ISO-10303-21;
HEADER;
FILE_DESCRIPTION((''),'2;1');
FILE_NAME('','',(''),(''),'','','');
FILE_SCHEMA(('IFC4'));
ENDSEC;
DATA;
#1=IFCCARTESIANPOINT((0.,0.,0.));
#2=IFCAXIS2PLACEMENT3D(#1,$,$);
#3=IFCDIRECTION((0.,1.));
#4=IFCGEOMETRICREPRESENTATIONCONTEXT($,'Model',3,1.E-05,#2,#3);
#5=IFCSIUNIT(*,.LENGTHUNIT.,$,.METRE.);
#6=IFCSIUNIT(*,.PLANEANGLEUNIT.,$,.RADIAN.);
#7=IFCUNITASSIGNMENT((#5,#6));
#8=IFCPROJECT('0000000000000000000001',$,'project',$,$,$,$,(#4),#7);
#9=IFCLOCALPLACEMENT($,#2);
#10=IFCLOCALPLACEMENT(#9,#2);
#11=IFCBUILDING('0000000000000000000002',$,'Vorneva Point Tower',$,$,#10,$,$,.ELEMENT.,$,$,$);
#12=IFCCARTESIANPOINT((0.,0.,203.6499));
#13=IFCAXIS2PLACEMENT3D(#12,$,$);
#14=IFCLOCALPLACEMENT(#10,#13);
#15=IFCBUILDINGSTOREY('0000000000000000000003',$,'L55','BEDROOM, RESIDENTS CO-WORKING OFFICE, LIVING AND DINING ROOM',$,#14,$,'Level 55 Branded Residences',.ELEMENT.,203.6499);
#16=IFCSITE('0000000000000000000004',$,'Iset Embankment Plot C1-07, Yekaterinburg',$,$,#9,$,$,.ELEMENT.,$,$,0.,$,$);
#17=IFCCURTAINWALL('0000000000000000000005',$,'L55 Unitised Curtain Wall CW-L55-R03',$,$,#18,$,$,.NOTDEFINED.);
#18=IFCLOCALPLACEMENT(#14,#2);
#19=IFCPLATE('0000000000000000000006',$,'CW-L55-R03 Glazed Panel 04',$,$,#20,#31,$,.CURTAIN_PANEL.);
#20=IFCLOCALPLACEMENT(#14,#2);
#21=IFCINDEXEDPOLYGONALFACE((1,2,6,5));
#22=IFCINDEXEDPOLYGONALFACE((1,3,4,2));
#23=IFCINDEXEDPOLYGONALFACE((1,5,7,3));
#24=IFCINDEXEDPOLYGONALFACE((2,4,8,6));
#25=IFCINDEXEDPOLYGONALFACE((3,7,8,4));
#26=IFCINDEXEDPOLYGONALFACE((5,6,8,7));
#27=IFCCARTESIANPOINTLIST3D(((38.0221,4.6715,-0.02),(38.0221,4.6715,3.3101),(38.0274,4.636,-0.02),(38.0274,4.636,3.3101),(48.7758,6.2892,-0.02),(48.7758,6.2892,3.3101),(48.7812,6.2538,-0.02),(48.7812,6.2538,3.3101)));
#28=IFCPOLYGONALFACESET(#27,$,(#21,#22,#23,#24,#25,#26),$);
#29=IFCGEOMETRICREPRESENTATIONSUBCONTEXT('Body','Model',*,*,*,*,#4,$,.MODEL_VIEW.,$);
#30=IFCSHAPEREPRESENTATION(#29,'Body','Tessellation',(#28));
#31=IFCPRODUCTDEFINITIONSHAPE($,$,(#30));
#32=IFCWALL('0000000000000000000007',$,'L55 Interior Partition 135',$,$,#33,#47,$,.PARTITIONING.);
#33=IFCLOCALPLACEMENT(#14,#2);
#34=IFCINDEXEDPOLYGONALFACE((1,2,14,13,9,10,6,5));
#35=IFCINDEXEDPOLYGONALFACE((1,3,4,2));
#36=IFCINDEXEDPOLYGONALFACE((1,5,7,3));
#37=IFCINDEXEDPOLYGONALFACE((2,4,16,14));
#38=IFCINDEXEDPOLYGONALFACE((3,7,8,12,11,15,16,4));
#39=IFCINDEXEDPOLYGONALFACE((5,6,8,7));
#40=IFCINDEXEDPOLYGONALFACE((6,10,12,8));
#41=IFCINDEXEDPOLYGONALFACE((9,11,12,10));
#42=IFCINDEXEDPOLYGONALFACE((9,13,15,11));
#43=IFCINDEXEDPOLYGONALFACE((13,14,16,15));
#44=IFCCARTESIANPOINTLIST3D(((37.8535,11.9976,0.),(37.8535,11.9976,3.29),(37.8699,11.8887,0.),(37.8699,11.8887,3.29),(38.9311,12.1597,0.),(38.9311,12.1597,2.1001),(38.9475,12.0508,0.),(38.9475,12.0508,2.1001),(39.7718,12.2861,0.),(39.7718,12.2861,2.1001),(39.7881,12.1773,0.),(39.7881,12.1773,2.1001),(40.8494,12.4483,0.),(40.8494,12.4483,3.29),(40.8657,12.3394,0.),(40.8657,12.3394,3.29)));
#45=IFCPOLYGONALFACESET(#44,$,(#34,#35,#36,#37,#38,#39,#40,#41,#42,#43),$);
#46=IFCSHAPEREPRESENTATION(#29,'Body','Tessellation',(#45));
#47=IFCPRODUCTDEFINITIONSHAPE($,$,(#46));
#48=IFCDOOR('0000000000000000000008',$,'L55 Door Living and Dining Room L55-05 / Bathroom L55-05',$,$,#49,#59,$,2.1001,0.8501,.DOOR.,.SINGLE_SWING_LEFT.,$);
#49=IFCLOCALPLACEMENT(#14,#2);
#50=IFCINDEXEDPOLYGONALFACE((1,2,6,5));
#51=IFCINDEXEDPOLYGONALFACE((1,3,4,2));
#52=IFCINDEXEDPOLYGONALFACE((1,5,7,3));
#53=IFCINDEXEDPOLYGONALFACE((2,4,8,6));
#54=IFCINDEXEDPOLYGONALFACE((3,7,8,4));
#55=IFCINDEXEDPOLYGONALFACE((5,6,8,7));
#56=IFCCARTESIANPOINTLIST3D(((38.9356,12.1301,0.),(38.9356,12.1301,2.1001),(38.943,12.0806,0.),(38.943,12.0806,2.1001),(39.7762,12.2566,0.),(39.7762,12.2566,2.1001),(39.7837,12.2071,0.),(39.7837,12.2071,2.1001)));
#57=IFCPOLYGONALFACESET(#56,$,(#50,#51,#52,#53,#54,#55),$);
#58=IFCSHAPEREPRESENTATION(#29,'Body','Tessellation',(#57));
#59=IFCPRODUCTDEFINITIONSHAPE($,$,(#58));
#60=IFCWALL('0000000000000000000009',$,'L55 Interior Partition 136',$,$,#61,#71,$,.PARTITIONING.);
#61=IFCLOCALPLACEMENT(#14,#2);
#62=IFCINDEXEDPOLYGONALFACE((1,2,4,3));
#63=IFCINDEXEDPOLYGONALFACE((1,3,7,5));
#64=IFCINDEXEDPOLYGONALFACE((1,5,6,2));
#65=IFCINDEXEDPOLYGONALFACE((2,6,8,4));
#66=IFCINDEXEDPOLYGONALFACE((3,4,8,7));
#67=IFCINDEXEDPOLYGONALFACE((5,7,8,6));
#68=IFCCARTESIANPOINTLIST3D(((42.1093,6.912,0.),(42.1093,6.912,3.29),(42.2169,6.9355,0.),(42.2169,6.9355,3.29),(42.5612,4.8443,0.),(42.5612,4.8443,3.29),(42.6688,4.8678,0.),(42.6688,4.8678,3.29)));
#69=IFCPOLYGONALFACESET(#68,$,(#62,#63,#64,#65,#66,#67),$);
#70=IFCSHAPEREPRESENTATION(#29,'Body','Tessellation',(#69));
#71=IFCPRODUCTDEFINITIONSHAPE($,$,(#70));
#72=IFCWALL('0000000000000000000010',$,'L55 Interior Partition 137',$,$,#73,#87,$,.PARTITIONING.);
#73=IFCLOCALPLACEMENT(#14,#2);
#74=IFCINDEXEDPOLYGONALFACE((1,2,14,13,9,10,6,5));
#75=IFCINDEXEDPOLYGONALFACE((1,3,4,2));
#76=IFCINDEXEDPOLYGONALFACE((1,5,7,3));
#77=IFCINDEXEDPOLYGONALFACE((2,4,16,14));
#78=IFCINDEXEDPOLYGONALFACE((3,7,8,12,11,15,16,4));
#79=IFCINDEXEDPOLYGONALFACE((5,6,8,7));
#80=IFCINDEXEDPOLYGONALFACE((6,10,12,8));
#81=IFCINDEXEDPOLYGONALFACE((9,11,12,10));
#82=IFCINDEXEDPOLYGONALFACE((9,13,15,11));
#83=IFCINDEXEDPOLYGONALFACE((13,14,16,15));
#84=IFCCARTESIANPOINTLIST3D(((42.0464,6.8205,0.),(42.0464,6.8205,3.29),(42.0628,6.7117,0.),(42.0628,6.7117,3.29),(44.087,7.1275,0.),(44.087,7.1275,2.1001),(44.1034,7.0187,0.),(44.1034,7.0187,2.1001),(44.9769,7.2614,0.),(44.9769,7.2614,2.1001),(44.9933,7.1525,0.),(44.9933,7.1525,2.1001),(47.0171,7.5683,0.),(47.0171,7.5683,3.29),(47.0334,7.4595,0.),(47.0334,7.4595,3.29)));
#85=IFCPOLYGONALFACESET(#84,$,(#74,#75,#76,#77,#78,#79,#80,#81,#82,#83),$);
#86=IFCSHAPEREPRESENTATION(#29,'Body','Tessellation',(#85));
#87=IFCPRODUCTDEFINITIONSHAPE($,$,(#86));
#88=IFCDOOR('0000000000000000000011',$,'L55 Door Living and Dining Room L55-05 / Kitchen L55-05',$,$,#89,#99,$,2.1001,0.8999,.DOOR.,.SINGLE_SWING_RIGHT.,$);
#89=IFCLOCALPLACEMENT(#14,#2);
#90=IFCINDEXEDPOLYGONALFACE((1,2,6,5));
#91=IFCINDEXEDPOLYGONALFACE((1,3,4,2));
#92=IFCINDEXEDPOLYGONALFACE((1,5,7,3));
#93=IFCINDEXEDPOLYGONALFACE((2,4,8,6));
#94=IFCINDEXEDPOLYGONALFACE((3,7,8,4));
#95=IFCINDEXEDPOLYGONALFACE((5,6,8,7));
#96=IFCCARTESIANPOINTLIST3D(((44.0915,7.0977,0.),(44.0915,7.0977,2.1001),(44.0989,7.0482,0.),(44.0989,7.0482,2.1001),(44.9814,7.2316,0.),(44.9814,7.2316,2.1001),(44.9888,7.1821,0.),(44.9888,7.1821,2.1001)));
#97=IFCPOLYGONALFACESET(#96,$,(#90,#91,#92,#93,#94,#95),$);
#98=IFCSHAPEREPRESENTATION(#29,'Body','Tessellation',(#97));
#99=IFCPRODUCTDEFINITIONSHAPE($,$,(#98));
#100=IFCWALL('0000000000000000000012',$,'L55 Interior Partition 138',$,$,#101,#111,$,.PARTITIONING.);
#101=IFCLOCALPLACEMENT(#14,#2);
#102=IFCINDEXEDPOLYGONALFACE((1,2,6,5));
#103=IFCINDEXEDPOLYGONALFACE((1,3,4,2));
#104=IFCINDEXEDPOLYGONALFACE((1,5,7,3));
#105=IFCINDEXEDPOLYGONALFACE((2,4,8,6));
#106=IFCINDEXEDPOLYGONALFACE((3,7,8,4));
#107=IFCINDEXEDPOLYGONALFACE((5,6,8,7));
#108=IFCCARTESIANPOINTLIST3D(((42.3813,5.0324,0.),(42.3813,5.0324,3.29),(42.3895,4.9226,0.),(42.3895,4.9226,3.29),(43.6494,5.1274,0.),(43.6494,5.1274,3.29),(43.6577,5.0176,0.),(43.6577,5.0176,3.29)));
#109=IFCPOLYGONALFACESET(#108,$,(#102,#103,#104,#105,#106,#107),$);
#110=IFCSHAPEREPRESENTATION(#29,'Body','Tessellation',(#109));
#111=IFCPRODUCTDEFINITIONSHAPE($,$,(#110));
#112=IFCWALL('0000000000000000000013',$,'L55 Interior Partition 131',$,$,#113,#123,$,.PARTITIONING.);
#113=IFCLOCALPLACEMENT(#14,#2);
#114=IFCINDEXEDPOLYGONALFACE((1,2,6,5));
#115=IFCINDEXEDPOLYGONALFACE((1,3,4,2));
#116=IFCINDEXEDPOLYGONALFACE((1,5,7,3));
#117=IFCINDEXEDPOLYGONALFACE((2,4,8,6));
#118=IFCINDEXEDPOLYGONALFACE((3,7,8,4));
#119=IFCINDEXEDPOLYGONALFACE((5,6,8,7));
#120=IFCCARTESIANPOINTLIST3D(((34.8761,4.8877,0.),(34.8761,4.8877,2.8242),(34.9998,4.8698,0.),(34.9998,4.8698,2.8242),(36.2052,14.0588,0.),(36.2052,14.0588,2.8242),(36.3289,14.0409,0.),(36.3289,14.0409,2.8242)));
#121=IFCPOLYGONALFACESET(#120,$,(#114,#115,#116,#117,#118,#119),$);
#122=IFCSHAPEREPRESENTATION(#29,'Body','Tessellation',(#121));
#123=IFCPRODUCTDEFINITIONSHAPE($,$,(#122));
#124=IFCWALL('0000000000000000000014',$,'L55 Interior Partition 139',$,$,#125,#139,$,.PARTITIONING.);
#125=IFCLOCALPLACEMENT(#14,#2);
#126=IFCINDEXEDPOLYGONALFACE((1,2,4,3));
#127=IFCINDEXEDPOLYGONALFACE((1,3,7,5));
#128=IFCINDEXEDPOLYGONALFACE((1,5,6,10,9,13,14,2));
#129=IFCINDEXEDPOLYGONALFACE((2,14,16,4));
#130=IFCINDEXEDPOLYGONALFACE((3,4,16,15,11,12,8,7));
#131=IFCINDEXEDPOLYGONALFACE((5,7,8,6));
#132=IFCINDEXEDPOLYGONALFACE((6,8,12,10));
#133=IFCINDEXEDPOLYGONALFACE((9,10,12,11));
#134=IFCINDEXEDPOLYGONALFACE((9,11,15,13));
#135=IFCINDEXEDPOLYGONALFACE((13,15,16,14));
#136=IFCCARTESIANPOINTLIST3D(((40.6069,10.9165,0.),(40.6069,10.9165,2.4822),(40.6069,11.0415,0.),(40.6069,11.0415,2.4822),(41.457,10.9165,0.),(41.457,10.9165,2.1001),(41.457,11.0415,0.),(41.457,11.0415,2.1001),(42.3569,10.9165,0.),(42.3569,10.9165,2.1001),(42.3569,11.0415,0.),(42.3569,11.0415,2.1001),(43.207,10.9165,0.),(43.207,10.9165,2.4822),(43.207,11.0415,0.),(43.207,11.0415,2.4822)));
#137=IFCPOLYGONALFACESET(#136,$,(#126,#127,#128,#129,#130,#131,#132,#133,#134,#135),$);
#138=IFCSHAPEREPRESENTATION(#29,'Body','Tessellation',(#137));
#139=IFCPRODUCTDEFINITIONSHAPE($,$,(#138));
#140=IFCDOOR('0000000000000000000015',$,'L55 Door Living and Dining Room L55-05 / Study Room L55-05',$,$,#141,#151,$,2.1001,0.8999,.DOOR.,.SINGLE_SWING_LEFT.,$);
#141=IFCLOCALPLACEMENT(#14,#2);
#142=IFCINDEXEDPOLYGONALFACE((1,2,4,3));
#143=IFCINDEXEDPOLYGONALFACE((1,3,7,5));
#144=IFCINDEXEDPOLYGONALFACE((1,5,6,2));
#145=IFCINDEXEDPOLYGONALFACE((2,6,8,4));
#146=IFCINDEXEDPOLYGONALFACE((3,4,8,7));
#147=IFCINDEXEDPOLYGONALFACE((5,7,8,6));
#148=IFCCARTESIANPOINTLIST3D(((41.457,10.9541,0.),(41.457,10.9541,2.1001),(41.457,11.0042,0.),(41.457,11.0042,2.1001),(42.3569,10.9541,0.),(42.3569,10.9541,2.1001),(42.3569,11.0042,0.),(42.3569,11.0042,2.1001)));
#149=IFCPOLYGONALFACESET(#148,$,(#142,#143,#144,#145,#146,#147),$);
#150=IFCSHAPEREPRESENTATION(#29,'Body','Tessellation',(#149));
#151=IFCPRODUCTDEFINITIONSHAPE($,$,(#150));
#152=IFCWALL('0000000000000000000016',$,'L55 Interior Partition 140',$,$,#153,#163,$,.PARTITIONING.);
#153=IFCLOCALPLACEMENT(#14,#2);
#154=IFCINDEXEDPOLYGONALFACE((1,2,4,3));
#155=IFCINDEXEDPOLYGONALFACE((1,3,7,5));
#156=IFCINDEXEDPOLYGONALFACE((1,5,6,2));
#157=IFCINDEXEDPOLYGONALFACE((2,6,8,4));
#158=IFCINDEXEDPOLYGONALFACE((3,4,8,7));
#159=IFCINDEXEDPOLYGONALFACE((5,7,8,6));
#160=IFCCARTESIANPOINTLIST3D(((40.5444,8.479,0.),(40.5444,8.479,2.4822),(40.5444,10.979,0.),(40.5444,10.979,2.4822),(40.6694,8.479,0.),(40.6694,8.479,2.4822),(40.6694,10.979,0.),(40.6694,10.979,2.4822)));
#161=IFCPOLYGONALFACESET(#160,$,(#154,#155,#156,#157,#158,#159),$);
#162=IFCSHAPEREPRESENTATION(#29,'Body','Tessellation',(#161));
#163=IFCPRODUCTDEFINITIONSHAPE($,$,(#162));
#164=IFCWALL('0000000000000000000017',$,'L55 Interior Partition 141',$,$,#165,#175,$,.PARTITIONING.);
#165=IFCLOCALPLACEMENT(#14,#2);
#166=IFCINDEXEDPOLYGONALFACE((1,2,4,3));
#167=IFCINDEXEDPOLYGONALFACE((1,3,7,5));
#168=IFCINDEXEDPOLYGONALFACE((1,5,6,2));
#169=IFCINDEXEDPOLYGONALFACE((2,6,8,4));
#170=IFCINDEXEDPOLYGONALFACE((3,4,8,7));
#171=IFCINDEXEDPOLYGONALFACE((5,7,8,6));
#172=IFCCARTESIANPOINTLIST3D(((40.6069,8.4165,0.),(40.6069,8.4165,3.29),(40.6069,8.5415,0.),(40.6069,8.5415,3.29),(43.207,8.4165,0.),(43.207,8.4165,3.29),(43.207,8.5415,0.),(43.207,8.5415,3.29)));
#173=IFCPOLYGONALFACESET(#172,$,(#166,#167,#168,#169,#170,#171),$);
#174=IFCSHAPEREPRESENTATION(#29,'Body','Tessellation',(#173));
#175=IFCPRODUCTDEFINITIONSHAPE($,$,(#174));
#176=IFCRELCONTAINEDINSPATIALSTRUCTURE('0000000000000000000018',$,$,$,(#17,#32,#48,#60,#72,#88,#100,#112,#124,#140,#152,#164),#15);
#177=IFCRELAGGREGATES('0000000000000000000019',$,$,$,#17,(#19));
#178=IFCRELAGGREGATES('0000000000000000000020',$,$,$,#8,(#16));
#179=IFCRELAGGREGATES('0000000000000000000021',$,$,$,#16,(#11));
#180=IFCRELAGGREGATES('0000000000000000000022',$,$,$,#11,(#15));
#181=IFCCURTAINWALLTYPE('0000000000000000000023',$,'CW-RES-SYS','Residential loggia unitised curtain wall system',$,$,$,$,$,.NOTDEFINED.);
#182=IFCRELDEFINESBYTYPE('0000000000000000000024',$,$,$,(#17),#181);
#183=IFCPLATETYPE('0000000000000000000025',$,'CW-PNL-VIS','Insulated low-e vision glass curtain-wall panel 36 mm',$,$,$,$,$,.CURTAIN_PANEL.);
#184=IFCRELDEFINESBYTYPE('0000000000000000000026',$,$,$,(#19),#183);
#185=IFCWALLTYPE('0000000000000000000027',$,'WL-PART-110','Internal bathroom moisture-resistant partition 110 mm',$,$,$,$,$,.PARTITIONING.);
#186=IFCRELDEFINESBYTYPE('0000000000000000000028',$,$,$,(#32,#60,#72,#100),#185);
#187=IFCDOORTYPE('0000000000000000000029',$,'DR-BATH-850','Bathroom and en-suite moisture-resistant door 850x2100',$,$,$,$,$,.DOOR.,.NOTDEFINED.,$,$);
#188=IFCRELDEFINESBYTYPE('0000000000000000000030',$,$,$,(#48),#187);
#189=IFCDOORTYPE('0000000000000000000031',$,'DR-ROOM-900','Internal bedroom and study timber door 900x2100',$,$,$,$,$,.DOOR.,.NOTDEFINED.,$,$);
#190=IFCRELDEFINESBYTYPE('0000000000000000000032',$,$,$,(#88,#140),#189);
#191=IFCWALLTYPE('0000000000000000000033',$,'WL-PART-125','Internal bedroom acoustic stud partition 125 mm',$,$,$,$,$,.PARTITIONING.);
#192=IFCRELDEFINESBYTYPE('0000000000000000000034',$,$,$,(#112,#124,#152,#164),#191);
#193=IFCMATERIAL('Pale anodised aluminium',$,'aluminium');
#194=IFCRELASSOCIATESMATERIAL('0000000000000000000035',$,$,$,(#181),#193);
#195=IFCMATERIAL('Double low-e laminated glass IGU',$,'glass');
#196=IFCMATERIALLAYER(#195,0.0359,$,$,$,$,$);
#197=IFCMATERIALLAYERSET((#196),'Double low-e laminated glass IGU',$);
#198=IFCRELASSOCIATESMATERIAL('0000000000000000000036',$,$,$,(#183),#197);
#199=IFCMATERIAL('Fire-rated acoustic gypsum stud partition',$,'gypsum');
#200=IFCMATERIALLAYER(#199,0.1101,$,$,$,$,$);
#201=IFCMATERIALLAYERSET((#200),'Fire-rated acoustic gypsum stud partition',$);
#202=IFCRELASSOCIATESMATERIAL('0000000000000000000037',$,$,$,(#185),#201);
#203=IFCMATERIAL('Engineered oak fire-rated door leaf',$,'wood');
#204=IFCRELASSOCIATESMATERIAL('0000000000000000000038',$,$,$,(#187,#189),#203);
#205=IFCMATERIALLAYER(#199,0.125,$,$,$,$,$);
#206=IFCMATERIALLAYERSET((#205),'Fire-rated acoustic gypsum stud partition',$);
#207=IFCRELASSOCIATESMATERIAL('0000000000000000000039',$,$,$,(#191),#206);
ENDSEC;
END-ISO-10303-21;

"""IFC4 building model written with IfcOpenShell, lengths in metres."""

from ifc_helpers import new_model, si_unit, direction, frame, frame_2d, origin, origin_2d, place, context, subcontext, project, spatial, rectangle, extrude, material, layer, layer_set, type_object, element, fill, aggregate, save


model = new_model("IFC4")

# Units and contexts
model_context = context("Model", 3, precision=1e-05, world=origin(), true_north=direction((0.0, 1.0)))
body_context = subcontext(model_context, "Body", "Model", "MODEL_VIEW")
ifc_project = project(units=[si_unit("LENGTHUNIT", "METRE"), si_unit("PLANEANGLEUNIT", "RADIAN")], contexts=[model_context])

# Site, building, storey
site_placement = place(None, origin())
site = spatial("IfcSite", under=ifc_project, at=site_placement, Name="Iset Embankment Plot C1-07, Yekaterinburg", CompositionType="ELEMENT", RefElevation=0.0)
building_placement = place(site_placement, origin())
building = spatial("IfcBuilding", under=site, at=building_placement, Name="Vorneva Point Tower", CompositionType="ELEMENT")
storey_placement = place(building_placement, frame((0.0, 0.0, 203.6499)))
storey = spatial("IfcBuildingStorey", under=building, at=storey_placement, Name="L55", Description="BEDROOM, RESIDENTS CO-WORKING OFFICE, LIVING AND DINING ROOM", LongName="Level 55 Branded Residences", CompositionType="ELEMENT", Elevation=203.6499)

# Curtain wall, plate
ifc_material_1 = material(Name="Pale anodised aluminium", Category="aluminium")
curtain_wall_type = type_object("IfcCurtainWallType", Name="CW-RES-SYS", Description="Residential loggia unitised curtain wall system", PredefinedType="NOTDEFINED", material=ifc_material_1)
curtain_wall_placement = place(storey_placement, origin())
curtain_wall = element("IfcCurtainWall", 1, at=curtain_wall_placement, inside=storey, type_object=curtain_wall_type, Name="L55 Unitised Curtain Wall CW-L55-R03", PredefinedType="NOTDEFINED")
ifc_material_2 = material(Name="Double low-e laminated glass IGU", Category="glass")
ifc_layer_1 = layer(ifc_material_2, 0.0359)
ifc_layer_set_1 = layer_set([ifc_layer_1], Name="Double low-e laminated glass IGU")
plate_type = type_object("IfcPlateType", Name="CW-PNL-VIS", Description="Insulated low-e vision glass curtain-wall panel 36 mm", PredefinedType="CURTAIN_PANEL", material=ifc_layer_set_1)
plate_1_placement = place(storey_placement, frame((43.4016, 5.4626, -0.02), z_axis=(0.0, 0.0, 1.0), x_axis=(0.988874, 0.148759, 0.0)))
plate_1 = element("IfcPlate", 2, at=plate_1_placement, type_object=plate_type, Name="CW-L55-R03 Glazed Panel 04", PredefinedType="CURTAIN_PANEL", context=body_context, shape_type="SweptSolid", body=[
    extrude(rectangle(XDim=10.8748, YDim=0.0359, at=origin_2d()), origin(), (0.0, 0.0, 1.0), 3.3301),
])
aggregate(curtain_wall, [plate_1])

# Wall, opening, door
ifc_material_3 = material(Name="Fire-rated acoustic gypsum stud partition", Category="gypsum")
ifc_layer_2 = layer(ifc_material_3, 0.1101)
ifc_layer_set_2 = layer_set([ifc_layer_2], Name="Fire-rated acoustic gypsum stud partition")
wall_type_1 = type_object("IfcWallType", Name="WL-PART-110", Description="Internal bathroom moisture-resistant partition 110 mm", PredefinedType="PARTITIONING", material=ifc_layer_set_2)
wall_1_placement = place(storey_placement, frame((40.8574, 12.3938, 0.0), z_axis=(0.0, 0.0, 1.0), x_axis=(-0.988873, -0.148762, 0.0)))
wall_1 = element("IfcWall", 3, at=wall_1_placement, inside=storey, type_object=wall_type_1, Name="L55 Interior Partition 135", PredefinedType="PARTITIONING", context=body_context, shape_type="SweptSolid", body=[
    extrude(rectangle(XDim=3.0295, YDim=0.1101, at=frame_2d((1.5146, 0.0))), origin(), (0.0, 0.0, 1.0), 3.29),
])
opening_1_placement = place(wall_1_placement, frame((1.0896, 0.0, 0.0)))
opening_1 = element("IfcOpeningElement", 4, at=opening_1_placement, cuts=wall_1, PredefinedType="OPENING", context=body_context, shape_type="SweptSolid", body=[
    extrude(rectangle(XDim=0.8501, YDim=2.1001, at=frame_2d((0.425, 1.05))), frame((0.0, 0.0698, 0.0), z_axis=(0.0, -1.0, 0.0), x_axis=(1.0, 0.0, 0.0)), (0.0, 0.0, 1.0), 0.1399),
])
ifc_material_4 = material(Name="Engineered oak fire-rated door leaf", Category="wood")
door_type_1 = type_object("IfcDoorType", Name="DR-BATH-850", Description="Bathroom and en-suite moisture-resistant door 850x2100", OperationType="NOTDEFINED", PredefinedType="DOOR", material=ifc_material_4)
door_1_placement = place(opening_1_placement, origin())
door_1 = element("IfcDoor", 5, at=door_1_placement, inside=storey, type_object=door_type_1, Name="L55 Door Living and Dining Room L55-05 / Bathroom L55-05", OperationType="SINGLE_SWING_LEFT", OverallHeight=2.1001, OverallWidth=0.8501, PredefinedType="DOOR", context=body_context, shape_type="SweptSolid", body=[
    extrude(rectangle(XDim=0.8501, YDim=2.1001, at=frame_2d((0.425, 1.05))), frame((0.0, 0.0249, 0.0), z_axis=(0.0, -1.0, 0.0), x_axis=(1.0, 0.0, 0.0)), (0.0, 0.0, 1.0), 0.05),
])
fill(opening_1, door_1)

# Wall
wall_2_placement = place(storey_placement, frame((42.615, 4.8562, 0.0), z_axis=(0.0, 0.0, 1.0), x_axis=(-0.213521, 0.976938, 0.0)))
element("IfcWall", 6, at=wall_2_placement, inside=storey, type_object=wall_type_1, Name="L55 Interior Partition 136", PredefinedType="PARTITIONING", context=body_context, shape_type="SweptSolid", body=[
    extrude(rectangle(XDim=2.1165, YDim=0.1101, at=frame_2d((1.0581, 0.0))), origin(), (0.0, 0.0, 1.0), 3.29),
])

# Wall, opening, door
wall_3_placement = place(storey_placement, frame((42.0547, 6.7661, 0.0), z_axis=(0.0, 0.0, 1.0), x_axis=(0.988872, 0.148768, 0.0)))
wall_3 = element("IfcWall", 7, at=wall_3_placement, inside=storey, type_object=wall_type_1, Name="L55 Interior Partition 137", PredefinedType="PARTITIONING", context=body_context, shape_type="SweptSolid", body=[
    extrude(rectangle(XDim=5.0266, YDim=0.1101, at=frame_2d((2.5132, 0.0))), origin(), (0.0, 0.0, 1.0), 3.29),
])
opening_2_placement = place(wall_3_placement, frame((2.0635, 0.0, 0.0)))
opening_2 = element("IfcOpeningElement", 8, at=opening_2_placement, cuts=wall_3, PredefinedType="OPENING", context=body_context, shape_type="SweptSolid", body=[
    extrude(rectangle(XDim=0.8999, YDim=2.1001, at=frame_2d((0.45, 1.05))), frame((0.0, 0.0698, 0.0), z_axis=(0.0, -1.0, 0.0), x_axis=(1.0, 0.0, 0.0)), (0.0, 0.0, 1.0), 0.1399),
])
door_type_2 = type_object("IfcDoorType", Name="DR-ROOM-900", Description="Internal bedroom and study timber door 900x2100", OperationType="NOTDEFINED", PredefinedType="DOOR", material=ifc_material_4)
door_2_placement = place(opening_2_placement, origin())
door_2 = element("IfcDoor", 9, at=door_2_placement, inside=storey, type_object=door_type_2, Name="L55 Door Living and Dining Room L55-05 / Kitchen L55-05", OperationType="SINGLE_SWING_RIGHT", OverallHeight=2.1001, OverallWidth=0.8999, PredefinedType="DOOR", context=body_context, shape_type="SweptSolid", body=[
    extrude(rectangle(XDim=0.8999, YDim=2.1001, at=frame_2d((0.45, 1.05))), frame((0.0, 0.0249, 0.0), z_axis=(0.0, -1.0, 0.0), x_axis=(1.0, 0.0, 0.0)), (0.0, 0.0, 1.0), 0.05),
])
fill(opening_2, door_2)

# Walls
wall_4_placement = place(storey_placement, frame((42.3855, 4.9775, 0.0), z_axis=(0.0, 0.0, 1.0), x_axis=(0.997207, 0.074685, 0.0)))
element("IfcWall", 10, at=wall_4_placement, inside=storey, type_object=wall_type_1, Name="L55 Interior Partition 138", PredefinedType="PARTITIONING", context=body_context, shape_type="SweptSolid", body=[
    extrude(rectangle(XDim=1.2717, YDim=0.1101, at=frame_2d((0.6357, 0.0))), origin(), (0.0, 0.0, 1.0), 3.29),
])
ifc_layer_3 = layer(ifc_material_3, 0.125)
ifc_layer_set_3 = layer_set([ifc_layer_3], Name="Fire-rated acoustic gypsum stud partition")
wall_type_2 = type_object("IfcWallType", Name="WL-PART-125", Description="Internal bedroom acoustic stud partition 125 mm", PredefinedType="PARTITIONING", material=ifc_layer_set_3)
wall_5_placement = place(storey_placement, frame((34.938, 4.8789, 0.0), z_axis=(0.0, 0.0, 1.0), x_axis=(0.143424, 0.989661, 0.0)))
element("IfcWall", 11, at=wall_5_placement, inside=storey, type_object=wall_type_2, Name="L55 Interior Partition 131", PredefinedType="PARTITIONING", context=body_context, shape_type="SweptSolid", body=[
    extrude(rectangle(XDim=9.2668, YDim=0.125, at=frame_2d((4.6333, 0.0))), origin(), (0.0, 0.0, 1.0), 2.8242),
])

# Wall, opening, door
wall_6_placement = place(storey_placement, frame((43.207, 10.979, 0.0), z_axis=(0.0, 0.0, 1.0), x_axis=(-1.0, 0.0, 0.0)))
wall_6 = element("IfcWall", 12, at=wall_6_placement, inside=storey, type_object=wall_type_2, Name="L55 Interior Partition 139", PredefinedType="PARTITIONING", context=body_context, shape_type="SweptSolid", body=[
    extrude(rectangle(XDim=2.6001, YDim=0.125, at=frame_2d((1.3, 0.0))), origin(), (0.0, 0.0, 1.0), 2.4822),
])
opening_3_placement = place(wall_6_placement, frame((0.8501, 0.0, 0.0)))
opening_3 = element("IfcOpeningElement", 13, at=opening_3_placement, cuts=wall_6, PredefinedType="OPENING", context=body_context, shape_type="SweptSolid", body=[
    extrude(rectangle(XDim=0.8999, YDim=2.1001, at=frame_2d((0.45, 1.05))), frame((0.0, 0.0774, 0.0), z_axis=(0.0, -1.0, 0.0), x_axis=(1.0, 0.0, 0.0)), (0.0, 0.0, 1.0), 0.1548),
])
door_3_placement = place(opening_3_placement, origin())
door_3 = element("IfcDoor", 14, at=door_3_placement, inside=storey, type_object=door_type_2, Name="L55 Door Living and Dining Room L55-05 / Study Room L55-05", OperationType="SINGLE_SWING_LEFT", OverallHeight=2.1001, OverallWidth=0.8999, PredefinedType="DOOR", context=body_context, shape_type="SweptSolid", body=[
    extrude(rectangle(XDim=0.8999, YDim=2.1001, at=frame_2d((0.45, 1.05))), frame((0.0, 0.0249, 0.0), z_axis=(0.0, -1.0, 0.0), x_axis=(1.0, 0.0, 0.0)), (0.0, 0.0, 1.0), 0.05),
])
fill(opening_3, door_3)

# Walls
wall_7_placement = place(storey_placement, frame((40.6069, 10.979, 0.0), z_axis=(0.0, 0.0, 1.0), x_axis=(0.0, -1.0, 0.0)))
element("IfcWall", 15, at=wall_7_placement, inside=storey, type_object=wall_type_2, Name="L55 Interior Partition 140", PredefinedType="PARTITIONING", context=body_context, shape_type="SweptSolid", body=[
    extrude(rectangle(XDim=2.5, YDim=0.125, at=frame_2d((1.25, 0.0))), origin(), (0.0, 0.0, 1.0), 2.4822),
])
wall_8_placement = place(storey_placement, frame((40.6069, 8.479, 0.0), z_axis=(0.0, 0.0, 1.0), x_axis=(1.0, 0.0, 0.0)))
element("IfcWall", 16, at=wall_8_placement, inside=storey, type_object=wall_type_2, Name="L55 Interior Partition 141", PredefinedType="PARTITIONING", context=body_context, shape_type="SweptSolid", body=[
    extrude(rectangle(XDim=2.6001, YDim=0.125, at=frame_2d((1.3, 0.0))), origin(), (0.0, 0.0, 1.0), 3.29),
])

save(model, "model.ifc")
